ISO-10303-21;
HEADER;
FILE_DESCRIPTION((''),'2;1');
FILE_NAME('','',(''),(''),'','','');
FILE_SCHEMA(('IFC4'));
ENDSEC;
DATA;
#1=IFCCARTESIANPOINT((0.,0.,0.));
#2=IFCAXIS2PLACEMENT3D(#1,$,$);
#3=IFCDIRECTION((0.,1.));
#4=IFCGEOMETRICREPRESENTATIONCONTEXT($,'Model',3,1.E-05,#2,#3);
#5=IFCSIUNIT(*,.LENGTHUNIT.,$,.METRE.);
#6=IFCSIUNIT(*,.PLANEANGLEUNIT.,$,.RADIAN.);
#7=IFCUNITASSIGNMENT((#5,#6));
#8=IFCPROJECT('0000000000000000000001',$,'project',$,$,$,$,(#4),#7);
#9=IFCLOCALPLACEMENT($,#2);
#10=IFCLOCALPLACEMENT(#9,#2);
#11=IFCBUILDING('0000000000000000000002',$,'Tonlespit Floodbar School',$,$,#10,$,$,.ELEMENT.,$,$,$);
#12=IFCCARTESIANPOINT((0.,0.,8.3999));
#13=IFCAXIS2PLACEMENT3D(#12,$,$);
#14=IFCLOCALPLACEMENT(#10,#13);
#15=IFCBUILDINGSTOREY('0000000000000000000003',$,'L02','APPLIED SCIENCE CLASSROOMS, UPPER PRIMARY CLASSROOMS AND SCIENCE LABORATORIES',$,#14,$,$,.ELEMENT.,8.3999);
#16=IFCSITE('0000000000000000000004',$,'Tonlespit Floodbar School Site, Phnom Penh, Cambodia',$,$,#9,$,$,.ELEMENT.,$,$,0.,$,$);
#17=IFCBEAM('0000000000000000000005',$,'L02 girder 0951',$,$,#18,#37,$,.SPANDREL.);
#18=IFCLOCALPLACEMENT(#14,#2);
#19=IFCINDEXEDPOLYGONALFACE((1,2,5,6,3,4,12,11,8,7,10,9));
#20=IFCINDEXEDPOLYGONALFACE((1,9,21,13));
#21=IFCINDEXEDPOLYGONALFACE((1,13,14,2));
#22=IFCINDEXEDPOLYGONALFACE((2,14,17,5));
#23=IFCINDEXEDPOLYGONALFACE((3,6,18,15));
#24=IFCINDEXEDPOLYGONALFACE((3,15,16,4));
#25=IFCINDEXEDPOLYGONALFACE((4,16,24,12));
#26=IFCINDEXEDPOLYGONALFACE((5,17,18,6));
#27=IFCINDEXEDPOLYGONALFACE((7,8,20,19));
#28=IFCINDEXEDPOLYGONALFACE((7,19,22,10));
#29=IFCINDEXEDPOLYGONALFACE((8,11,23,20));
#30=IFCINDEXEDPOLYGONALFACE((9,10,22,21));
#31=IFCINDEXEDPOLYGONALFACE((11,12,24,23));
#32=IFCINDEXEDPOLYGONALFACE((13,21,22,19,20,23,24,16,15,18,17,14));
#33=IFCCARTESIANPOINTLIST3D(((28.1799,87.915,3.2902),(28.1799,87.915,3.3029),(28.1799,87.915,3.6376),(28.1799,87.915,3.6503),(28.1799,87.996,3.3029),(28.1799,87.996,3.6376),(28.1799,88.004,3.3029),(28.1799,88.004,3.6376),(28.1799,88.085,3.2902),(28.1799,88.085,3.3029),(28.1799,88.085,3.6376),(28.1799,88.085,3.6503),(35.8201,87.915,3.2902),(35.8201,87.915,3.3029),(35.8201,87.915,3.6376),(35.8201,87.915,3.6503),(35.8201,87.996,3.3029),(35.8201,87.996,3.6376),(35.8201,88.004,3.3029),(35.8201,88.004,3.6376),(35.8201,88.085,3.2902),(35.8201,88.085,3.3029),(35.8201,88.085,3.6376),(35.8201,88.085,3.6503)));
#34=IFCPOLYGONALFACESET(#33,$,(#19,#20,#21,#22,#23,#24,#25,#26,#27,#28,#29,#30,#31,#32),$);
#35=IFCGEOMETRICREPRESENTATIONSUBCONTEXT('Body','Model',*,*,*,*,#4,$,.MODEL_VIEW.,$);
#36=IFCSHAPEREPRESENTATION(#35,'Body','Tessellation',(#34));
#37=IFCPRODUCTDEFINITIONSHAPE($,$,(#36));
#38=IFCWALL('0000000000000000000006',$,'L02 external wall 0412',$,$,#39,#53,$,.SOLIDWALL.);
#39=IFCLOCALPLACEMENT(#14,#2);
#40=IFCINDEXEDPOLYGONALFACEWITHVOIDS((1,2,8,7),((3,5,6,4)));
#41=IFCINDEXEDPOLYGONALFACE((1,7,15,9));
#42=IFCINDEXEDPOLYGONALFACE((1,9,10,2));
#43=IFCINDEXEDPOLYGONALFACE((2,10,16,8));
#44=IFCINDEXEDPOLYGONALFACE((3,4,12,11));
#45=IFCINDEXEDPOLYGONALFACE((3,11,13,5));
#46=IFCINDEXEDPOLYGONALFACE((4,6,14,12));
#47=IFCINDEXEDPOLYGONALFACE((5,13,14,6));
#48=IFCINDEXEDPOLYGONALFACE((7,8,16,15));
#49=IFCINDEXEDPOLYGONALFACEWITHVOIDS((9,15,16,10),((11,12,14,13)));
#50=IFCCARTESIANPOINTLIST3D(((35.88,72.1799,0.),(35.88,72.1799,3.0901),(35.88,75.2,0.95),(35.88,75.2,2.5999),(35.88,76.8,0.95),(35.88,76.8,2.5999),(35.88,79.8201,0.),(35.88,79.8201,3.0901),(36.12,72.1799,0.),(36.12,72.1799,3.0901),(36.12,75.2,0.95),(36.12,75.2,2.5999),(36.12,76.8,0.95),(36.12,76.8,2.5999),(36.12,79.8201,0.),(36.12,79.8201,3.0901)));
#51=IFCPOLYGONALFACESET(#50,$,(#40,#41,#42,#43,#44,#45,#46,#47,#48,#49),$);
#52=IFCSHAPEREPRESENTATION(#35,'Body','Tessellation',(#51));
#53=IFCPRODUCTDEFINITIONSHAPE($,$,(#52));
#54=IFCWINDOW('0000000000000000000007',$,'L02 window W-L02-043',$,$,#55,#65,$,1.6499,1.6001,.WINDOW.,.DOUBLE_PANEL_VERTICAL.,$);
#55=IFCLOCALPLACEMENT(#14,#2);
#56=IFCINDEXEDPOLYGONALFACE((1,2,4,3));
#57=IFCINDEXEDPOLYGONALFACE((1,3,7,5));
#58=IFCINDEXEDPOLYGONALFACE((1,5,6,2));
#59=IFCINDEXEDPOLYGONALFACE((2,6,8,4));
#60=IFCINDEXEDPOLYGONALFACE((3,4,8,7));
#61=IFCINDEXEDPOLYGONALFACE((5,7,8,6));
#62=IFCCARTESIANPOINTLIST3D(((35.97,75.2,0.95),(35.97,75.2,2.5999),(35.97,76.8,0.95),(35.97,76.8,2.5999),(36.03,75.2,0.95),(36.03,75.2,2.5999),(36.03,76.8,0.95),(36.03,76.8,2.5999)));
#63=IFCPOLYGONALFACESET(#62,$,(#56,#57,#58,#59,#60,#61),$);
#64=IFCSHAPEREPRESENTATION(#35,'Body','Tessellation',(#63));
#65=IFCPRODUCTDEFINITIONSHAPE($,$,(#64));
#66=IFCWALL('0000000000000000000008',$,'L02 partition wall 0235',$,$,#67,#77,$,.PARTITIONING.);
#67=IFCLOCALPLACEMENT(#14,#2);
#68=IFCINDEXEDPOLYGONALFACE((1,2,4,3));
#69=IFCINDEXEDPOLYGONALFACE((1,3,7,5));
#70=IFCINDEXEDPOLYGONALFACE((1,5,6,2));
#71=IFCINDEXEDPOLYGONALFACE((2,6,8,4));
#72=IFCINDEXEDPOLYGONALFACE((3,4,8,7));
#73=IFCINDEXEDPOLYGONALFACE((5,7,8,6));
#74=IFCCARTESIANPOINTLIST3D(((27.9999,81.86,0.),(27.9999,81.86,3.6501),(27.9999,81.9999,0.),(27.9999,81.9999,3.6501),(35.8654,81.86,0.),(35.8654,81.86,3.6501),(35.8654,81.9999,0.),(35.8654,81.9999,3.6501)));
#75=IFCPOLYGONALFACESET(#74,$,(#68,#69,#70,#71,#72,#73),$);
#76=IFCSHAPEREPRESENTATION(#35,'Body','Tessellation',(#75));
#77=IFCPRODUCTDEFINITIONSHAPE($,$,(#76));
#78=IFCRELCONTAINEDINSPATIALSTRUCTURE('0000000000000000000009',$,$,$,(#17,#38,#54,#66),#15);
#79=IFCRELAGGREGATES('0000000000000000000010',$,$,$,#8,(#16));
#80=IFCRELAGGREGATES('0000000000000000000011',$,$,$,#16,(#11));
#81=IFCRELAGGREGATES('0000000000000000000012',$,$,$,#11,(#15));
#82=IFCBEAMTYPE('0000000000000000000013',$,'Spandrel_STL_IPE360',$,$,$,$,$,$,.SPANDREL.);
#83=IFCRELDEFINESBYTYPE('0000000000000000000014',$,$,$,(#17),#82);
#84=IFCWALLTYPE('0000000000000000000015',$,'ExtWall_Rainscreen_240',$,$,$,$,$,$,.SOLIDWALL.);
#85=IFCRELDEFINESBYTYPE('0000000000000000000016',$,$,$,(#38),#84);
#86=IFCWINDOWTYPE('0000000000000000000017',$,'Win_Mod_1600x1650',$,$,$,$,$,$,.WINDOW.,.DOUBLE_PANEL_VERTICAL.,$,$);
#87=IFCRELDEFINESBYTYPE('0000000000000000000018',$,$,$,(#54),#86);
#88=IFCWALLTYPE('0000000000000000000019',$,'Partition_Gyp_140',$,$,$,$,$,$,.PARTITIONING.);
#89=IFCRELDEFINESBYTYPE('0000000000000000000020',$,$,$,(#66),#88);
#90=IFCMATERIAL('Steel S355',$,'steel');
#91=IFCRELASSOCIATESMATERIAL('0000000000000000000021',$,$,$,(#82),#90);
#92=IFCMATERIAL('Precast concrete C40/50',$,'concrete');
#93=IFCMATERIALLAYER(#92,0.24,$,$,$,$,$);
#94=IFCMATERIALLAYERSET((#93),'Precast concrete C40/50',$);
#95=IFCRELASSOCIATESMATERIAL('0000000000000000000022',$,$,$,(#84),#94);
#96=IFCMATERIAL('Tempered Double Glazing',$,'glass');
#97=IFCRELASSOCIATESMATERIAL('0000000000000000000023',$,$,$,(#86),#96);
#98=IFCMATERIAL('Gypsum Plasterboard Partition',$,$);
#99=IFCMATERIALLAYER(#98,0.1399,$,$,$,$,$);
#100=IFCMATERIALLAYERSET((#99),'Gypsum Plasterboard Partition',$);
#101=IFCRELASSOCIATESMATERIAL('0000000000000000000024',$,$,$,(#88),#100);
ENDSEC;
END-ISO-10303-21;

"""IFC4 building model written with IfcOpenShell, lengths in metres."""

from ifc_helpers import new_model, si_unit, direction, frame, frame_2d, origin, origin_2d, place, context, subcontext, project, spatial, rectangle, i_section, extrude, material, layer, layer_set, material_profile, profile_set, type_object, element, fill, save


model = new_model("IFC4")

# Units and contexts
model_context = context("Model", 3, precision=1e-05, world=origin(), true_north=direction((0.0, 1.0)))
body_context = subcontext(model_context, "Body", "Model", "MODEL_VIEW")
ifc_project = project(units=[si_unit("LENGTHUNIT", "METRE"), si_unit("PLANEANGLEUNIT", "RADIAN")], contexts=[model_context])

# Site, building, storey
site_placement = place(None, origin())
site = spatial("IfcSite", under=ifc_project, at=site_placement, Name="Tonlespit Floodbar School Site, Phnom Penh, Cambodia", CompositionType="ELEMENT", RefElevation=0.0)
building_placement = place(site_placement, origin())
building = spatial("IfcBuilding", under=site, at=building_placement, Name="Tonlespit Floodbar School", CompositionType="ELEMENT")
storey_placement = place(building_placement, frame((0.0, 0.0, 8.3999)))
storey = spatial("IfcBuildingStorey", under=building, at=storey_placement, Name="L02", Description="APPLIED SCIENCE CLASSROOMS, UPPER PRIMARY CLASSROOMS AND SCIENCE LABORATORIES", CompositionType="ELEMENT", Elevation=8.3999)

# Beam
ifc_material_1 = material(Name="Steel S355", Category="steel")
ifc_material_profile_1 = material_profile(ifc_material_1, i_section(OverallWidth=0.1699, OverallDepth=0.3601, WebThickness=0.0081, FlangeThickness=0.0127, at=origin_2d()), Name="IPE 360")
ifc_profile_set_1 = profile_set([ifc_material_profile_1], Name="Steel S355")
beam_type_1 = type_object("IfcBeamType", Name="Spandrel_STL_IPE360", PredefinedType="SPANDREL", material=ifc_profile_set_1)
beam_placement = place(storey_placement, frame((28.1799, 88.0, 3.4702), z_axis=(1.0, 0.0, 0.0), x_axis=(0.0, 1.0, 0.0)))
element("IfcBeam", 1, at=beam_placement, inside=storey, type_object=beam_type_1, Name="L02 girder 0951", PredefinedType="SPANDREL", context=body_context, shape_type="SweptSolid", body=[
    extrude(i_section(OverallWidth=0.1699, OverallDepth=0.3601, WebThickness=0.0081, FlangeThickness=0.0127, at=origin_2d()), origin(), (0.0, 0.0, 1.0), 7.6401),
])

# Wall, opening, window
ifc_material_2 = material(Name="Precast concrete C40/50", Category="concrete")
ifc_layer_1 = layer(ifc_material_2, 0.24)
ifc_layer_set_1 = layer_set([ifc_layer_1], Name="Precast concrete C40/50")
wall_type_1 = type_object("IfcWallType", Name="ExtWall_Rainscreen_240", PredefinedType="SOLIDWALL", material=ifc_layer_set_1)
wall_1_placement = place(storey_placement, frame((36.0, 79.8201, 0.0), z_axis=(0.0, 0.0, 1.0), x_axis=(0.0, -1.0, 0.0)))
wall_1 = element("IfcWall", 2, at=wall_1_placement, inside=storey, type_object=wall_type_1, Name="L02 external wall 0412", PredefinedType="SOLIDWALL", context=body_context, shape_type="SweptSolid", body=[
    extrude(rectangle(XDim=7.6401, YDim=0.24, at=frame_2d((3.8201, 0.0))), origin(), (0.0, 0.0, 1.0), 3.0901),
])
opening_placement = place(wall_1_placement, frame((3.02, 0.0, 0.95)))
opening = element("IfcOpeningElement", 3, at=opening_placement, cuts=wall_1, PredefinedType="OPENING", context=body_context, shape_type="SweptSolid", body=[
    extrude(rectangle(XDim=1.6001, YDim=1.6499, at=frame_2d((0.8, 0.825))), frame((0.0, 0.1299, 0.0), z_axis=(0.0, -1.0, 0.0), x_axis=(1.0, 0.0, 0.0)), (0.0, 0.0, 1.0), 0.26),
])
ifc_material_3 = material(Name="Tempered Double Glazing", Category="glass")
window_type = type_object("IfcWindowType", Name="Win_Mod_1600x1650", PartitioningType="DOUBLE_PANEL_VERTICAL", PredefinedType="WINDOW", material=ifc_material_3)
window_placement = place(opening_placement, origin())
window = element("IfcWindow", 4, at=window_placement, inside=storey, type_object=window_type, Name="L02 window W-L02-043", OverallHeight=1.6499, OverallWidth=1.6001, PartitioningType="DOUBLE_PANEL_VERTICAL", PredefinedType="WINDOW", context=body_context, shape_type="SweptSolid", body=[
    extrude(rectangle(XDim=1.6001, YDim=1.6499, at=frame_2d((0.8, 0.825))), frame((0.0, 0.03, 0.0), z_axis=(0.0, -1.0, 0.0), x_axis=(1.0, 0.0, 0.0)), (0.0, 0.0, 1.0), 0.0601),
])
fill(opening, window)

# Wall
ifc_material_4 = material(Name="Gypsum Plasterboard Partition")
ifc_layer_2 = layer(ifc_material_4, 0.1399)
ifc_layer_set_2 = layer_set([ifc_layer_2], Name="Gypsum Plasterboard Partition")
wall_type_2 = type_object("IfcWallType", Name="Partition_Gyp_140", PredefinedType="PARTITIONING", material=ifc_layer_set_2)
wall_2_placement = place(storey_placement, frame((28.0, 81.9299, 0.0), z_axis=(0.0, 0.0, 1.0), x_axis=(1.0, 0.0, 0.0)))
element("IfcWall", 5, at=wall_2_placement, inside=storey, type_object=wall_type_2, Name="L02 partition wall 0235", PredefinedType="PARTITIONING", context=body_context, shape_type="SweptSolid", body=[
    extrude(rectangle(XDim=7.8655, YDim=0.1399, at=frame_2d((3.9326, 0.0))), origin(), (0.0, 0.0, 1.0), 3.6501),
])

save(model, "model.ifc")
